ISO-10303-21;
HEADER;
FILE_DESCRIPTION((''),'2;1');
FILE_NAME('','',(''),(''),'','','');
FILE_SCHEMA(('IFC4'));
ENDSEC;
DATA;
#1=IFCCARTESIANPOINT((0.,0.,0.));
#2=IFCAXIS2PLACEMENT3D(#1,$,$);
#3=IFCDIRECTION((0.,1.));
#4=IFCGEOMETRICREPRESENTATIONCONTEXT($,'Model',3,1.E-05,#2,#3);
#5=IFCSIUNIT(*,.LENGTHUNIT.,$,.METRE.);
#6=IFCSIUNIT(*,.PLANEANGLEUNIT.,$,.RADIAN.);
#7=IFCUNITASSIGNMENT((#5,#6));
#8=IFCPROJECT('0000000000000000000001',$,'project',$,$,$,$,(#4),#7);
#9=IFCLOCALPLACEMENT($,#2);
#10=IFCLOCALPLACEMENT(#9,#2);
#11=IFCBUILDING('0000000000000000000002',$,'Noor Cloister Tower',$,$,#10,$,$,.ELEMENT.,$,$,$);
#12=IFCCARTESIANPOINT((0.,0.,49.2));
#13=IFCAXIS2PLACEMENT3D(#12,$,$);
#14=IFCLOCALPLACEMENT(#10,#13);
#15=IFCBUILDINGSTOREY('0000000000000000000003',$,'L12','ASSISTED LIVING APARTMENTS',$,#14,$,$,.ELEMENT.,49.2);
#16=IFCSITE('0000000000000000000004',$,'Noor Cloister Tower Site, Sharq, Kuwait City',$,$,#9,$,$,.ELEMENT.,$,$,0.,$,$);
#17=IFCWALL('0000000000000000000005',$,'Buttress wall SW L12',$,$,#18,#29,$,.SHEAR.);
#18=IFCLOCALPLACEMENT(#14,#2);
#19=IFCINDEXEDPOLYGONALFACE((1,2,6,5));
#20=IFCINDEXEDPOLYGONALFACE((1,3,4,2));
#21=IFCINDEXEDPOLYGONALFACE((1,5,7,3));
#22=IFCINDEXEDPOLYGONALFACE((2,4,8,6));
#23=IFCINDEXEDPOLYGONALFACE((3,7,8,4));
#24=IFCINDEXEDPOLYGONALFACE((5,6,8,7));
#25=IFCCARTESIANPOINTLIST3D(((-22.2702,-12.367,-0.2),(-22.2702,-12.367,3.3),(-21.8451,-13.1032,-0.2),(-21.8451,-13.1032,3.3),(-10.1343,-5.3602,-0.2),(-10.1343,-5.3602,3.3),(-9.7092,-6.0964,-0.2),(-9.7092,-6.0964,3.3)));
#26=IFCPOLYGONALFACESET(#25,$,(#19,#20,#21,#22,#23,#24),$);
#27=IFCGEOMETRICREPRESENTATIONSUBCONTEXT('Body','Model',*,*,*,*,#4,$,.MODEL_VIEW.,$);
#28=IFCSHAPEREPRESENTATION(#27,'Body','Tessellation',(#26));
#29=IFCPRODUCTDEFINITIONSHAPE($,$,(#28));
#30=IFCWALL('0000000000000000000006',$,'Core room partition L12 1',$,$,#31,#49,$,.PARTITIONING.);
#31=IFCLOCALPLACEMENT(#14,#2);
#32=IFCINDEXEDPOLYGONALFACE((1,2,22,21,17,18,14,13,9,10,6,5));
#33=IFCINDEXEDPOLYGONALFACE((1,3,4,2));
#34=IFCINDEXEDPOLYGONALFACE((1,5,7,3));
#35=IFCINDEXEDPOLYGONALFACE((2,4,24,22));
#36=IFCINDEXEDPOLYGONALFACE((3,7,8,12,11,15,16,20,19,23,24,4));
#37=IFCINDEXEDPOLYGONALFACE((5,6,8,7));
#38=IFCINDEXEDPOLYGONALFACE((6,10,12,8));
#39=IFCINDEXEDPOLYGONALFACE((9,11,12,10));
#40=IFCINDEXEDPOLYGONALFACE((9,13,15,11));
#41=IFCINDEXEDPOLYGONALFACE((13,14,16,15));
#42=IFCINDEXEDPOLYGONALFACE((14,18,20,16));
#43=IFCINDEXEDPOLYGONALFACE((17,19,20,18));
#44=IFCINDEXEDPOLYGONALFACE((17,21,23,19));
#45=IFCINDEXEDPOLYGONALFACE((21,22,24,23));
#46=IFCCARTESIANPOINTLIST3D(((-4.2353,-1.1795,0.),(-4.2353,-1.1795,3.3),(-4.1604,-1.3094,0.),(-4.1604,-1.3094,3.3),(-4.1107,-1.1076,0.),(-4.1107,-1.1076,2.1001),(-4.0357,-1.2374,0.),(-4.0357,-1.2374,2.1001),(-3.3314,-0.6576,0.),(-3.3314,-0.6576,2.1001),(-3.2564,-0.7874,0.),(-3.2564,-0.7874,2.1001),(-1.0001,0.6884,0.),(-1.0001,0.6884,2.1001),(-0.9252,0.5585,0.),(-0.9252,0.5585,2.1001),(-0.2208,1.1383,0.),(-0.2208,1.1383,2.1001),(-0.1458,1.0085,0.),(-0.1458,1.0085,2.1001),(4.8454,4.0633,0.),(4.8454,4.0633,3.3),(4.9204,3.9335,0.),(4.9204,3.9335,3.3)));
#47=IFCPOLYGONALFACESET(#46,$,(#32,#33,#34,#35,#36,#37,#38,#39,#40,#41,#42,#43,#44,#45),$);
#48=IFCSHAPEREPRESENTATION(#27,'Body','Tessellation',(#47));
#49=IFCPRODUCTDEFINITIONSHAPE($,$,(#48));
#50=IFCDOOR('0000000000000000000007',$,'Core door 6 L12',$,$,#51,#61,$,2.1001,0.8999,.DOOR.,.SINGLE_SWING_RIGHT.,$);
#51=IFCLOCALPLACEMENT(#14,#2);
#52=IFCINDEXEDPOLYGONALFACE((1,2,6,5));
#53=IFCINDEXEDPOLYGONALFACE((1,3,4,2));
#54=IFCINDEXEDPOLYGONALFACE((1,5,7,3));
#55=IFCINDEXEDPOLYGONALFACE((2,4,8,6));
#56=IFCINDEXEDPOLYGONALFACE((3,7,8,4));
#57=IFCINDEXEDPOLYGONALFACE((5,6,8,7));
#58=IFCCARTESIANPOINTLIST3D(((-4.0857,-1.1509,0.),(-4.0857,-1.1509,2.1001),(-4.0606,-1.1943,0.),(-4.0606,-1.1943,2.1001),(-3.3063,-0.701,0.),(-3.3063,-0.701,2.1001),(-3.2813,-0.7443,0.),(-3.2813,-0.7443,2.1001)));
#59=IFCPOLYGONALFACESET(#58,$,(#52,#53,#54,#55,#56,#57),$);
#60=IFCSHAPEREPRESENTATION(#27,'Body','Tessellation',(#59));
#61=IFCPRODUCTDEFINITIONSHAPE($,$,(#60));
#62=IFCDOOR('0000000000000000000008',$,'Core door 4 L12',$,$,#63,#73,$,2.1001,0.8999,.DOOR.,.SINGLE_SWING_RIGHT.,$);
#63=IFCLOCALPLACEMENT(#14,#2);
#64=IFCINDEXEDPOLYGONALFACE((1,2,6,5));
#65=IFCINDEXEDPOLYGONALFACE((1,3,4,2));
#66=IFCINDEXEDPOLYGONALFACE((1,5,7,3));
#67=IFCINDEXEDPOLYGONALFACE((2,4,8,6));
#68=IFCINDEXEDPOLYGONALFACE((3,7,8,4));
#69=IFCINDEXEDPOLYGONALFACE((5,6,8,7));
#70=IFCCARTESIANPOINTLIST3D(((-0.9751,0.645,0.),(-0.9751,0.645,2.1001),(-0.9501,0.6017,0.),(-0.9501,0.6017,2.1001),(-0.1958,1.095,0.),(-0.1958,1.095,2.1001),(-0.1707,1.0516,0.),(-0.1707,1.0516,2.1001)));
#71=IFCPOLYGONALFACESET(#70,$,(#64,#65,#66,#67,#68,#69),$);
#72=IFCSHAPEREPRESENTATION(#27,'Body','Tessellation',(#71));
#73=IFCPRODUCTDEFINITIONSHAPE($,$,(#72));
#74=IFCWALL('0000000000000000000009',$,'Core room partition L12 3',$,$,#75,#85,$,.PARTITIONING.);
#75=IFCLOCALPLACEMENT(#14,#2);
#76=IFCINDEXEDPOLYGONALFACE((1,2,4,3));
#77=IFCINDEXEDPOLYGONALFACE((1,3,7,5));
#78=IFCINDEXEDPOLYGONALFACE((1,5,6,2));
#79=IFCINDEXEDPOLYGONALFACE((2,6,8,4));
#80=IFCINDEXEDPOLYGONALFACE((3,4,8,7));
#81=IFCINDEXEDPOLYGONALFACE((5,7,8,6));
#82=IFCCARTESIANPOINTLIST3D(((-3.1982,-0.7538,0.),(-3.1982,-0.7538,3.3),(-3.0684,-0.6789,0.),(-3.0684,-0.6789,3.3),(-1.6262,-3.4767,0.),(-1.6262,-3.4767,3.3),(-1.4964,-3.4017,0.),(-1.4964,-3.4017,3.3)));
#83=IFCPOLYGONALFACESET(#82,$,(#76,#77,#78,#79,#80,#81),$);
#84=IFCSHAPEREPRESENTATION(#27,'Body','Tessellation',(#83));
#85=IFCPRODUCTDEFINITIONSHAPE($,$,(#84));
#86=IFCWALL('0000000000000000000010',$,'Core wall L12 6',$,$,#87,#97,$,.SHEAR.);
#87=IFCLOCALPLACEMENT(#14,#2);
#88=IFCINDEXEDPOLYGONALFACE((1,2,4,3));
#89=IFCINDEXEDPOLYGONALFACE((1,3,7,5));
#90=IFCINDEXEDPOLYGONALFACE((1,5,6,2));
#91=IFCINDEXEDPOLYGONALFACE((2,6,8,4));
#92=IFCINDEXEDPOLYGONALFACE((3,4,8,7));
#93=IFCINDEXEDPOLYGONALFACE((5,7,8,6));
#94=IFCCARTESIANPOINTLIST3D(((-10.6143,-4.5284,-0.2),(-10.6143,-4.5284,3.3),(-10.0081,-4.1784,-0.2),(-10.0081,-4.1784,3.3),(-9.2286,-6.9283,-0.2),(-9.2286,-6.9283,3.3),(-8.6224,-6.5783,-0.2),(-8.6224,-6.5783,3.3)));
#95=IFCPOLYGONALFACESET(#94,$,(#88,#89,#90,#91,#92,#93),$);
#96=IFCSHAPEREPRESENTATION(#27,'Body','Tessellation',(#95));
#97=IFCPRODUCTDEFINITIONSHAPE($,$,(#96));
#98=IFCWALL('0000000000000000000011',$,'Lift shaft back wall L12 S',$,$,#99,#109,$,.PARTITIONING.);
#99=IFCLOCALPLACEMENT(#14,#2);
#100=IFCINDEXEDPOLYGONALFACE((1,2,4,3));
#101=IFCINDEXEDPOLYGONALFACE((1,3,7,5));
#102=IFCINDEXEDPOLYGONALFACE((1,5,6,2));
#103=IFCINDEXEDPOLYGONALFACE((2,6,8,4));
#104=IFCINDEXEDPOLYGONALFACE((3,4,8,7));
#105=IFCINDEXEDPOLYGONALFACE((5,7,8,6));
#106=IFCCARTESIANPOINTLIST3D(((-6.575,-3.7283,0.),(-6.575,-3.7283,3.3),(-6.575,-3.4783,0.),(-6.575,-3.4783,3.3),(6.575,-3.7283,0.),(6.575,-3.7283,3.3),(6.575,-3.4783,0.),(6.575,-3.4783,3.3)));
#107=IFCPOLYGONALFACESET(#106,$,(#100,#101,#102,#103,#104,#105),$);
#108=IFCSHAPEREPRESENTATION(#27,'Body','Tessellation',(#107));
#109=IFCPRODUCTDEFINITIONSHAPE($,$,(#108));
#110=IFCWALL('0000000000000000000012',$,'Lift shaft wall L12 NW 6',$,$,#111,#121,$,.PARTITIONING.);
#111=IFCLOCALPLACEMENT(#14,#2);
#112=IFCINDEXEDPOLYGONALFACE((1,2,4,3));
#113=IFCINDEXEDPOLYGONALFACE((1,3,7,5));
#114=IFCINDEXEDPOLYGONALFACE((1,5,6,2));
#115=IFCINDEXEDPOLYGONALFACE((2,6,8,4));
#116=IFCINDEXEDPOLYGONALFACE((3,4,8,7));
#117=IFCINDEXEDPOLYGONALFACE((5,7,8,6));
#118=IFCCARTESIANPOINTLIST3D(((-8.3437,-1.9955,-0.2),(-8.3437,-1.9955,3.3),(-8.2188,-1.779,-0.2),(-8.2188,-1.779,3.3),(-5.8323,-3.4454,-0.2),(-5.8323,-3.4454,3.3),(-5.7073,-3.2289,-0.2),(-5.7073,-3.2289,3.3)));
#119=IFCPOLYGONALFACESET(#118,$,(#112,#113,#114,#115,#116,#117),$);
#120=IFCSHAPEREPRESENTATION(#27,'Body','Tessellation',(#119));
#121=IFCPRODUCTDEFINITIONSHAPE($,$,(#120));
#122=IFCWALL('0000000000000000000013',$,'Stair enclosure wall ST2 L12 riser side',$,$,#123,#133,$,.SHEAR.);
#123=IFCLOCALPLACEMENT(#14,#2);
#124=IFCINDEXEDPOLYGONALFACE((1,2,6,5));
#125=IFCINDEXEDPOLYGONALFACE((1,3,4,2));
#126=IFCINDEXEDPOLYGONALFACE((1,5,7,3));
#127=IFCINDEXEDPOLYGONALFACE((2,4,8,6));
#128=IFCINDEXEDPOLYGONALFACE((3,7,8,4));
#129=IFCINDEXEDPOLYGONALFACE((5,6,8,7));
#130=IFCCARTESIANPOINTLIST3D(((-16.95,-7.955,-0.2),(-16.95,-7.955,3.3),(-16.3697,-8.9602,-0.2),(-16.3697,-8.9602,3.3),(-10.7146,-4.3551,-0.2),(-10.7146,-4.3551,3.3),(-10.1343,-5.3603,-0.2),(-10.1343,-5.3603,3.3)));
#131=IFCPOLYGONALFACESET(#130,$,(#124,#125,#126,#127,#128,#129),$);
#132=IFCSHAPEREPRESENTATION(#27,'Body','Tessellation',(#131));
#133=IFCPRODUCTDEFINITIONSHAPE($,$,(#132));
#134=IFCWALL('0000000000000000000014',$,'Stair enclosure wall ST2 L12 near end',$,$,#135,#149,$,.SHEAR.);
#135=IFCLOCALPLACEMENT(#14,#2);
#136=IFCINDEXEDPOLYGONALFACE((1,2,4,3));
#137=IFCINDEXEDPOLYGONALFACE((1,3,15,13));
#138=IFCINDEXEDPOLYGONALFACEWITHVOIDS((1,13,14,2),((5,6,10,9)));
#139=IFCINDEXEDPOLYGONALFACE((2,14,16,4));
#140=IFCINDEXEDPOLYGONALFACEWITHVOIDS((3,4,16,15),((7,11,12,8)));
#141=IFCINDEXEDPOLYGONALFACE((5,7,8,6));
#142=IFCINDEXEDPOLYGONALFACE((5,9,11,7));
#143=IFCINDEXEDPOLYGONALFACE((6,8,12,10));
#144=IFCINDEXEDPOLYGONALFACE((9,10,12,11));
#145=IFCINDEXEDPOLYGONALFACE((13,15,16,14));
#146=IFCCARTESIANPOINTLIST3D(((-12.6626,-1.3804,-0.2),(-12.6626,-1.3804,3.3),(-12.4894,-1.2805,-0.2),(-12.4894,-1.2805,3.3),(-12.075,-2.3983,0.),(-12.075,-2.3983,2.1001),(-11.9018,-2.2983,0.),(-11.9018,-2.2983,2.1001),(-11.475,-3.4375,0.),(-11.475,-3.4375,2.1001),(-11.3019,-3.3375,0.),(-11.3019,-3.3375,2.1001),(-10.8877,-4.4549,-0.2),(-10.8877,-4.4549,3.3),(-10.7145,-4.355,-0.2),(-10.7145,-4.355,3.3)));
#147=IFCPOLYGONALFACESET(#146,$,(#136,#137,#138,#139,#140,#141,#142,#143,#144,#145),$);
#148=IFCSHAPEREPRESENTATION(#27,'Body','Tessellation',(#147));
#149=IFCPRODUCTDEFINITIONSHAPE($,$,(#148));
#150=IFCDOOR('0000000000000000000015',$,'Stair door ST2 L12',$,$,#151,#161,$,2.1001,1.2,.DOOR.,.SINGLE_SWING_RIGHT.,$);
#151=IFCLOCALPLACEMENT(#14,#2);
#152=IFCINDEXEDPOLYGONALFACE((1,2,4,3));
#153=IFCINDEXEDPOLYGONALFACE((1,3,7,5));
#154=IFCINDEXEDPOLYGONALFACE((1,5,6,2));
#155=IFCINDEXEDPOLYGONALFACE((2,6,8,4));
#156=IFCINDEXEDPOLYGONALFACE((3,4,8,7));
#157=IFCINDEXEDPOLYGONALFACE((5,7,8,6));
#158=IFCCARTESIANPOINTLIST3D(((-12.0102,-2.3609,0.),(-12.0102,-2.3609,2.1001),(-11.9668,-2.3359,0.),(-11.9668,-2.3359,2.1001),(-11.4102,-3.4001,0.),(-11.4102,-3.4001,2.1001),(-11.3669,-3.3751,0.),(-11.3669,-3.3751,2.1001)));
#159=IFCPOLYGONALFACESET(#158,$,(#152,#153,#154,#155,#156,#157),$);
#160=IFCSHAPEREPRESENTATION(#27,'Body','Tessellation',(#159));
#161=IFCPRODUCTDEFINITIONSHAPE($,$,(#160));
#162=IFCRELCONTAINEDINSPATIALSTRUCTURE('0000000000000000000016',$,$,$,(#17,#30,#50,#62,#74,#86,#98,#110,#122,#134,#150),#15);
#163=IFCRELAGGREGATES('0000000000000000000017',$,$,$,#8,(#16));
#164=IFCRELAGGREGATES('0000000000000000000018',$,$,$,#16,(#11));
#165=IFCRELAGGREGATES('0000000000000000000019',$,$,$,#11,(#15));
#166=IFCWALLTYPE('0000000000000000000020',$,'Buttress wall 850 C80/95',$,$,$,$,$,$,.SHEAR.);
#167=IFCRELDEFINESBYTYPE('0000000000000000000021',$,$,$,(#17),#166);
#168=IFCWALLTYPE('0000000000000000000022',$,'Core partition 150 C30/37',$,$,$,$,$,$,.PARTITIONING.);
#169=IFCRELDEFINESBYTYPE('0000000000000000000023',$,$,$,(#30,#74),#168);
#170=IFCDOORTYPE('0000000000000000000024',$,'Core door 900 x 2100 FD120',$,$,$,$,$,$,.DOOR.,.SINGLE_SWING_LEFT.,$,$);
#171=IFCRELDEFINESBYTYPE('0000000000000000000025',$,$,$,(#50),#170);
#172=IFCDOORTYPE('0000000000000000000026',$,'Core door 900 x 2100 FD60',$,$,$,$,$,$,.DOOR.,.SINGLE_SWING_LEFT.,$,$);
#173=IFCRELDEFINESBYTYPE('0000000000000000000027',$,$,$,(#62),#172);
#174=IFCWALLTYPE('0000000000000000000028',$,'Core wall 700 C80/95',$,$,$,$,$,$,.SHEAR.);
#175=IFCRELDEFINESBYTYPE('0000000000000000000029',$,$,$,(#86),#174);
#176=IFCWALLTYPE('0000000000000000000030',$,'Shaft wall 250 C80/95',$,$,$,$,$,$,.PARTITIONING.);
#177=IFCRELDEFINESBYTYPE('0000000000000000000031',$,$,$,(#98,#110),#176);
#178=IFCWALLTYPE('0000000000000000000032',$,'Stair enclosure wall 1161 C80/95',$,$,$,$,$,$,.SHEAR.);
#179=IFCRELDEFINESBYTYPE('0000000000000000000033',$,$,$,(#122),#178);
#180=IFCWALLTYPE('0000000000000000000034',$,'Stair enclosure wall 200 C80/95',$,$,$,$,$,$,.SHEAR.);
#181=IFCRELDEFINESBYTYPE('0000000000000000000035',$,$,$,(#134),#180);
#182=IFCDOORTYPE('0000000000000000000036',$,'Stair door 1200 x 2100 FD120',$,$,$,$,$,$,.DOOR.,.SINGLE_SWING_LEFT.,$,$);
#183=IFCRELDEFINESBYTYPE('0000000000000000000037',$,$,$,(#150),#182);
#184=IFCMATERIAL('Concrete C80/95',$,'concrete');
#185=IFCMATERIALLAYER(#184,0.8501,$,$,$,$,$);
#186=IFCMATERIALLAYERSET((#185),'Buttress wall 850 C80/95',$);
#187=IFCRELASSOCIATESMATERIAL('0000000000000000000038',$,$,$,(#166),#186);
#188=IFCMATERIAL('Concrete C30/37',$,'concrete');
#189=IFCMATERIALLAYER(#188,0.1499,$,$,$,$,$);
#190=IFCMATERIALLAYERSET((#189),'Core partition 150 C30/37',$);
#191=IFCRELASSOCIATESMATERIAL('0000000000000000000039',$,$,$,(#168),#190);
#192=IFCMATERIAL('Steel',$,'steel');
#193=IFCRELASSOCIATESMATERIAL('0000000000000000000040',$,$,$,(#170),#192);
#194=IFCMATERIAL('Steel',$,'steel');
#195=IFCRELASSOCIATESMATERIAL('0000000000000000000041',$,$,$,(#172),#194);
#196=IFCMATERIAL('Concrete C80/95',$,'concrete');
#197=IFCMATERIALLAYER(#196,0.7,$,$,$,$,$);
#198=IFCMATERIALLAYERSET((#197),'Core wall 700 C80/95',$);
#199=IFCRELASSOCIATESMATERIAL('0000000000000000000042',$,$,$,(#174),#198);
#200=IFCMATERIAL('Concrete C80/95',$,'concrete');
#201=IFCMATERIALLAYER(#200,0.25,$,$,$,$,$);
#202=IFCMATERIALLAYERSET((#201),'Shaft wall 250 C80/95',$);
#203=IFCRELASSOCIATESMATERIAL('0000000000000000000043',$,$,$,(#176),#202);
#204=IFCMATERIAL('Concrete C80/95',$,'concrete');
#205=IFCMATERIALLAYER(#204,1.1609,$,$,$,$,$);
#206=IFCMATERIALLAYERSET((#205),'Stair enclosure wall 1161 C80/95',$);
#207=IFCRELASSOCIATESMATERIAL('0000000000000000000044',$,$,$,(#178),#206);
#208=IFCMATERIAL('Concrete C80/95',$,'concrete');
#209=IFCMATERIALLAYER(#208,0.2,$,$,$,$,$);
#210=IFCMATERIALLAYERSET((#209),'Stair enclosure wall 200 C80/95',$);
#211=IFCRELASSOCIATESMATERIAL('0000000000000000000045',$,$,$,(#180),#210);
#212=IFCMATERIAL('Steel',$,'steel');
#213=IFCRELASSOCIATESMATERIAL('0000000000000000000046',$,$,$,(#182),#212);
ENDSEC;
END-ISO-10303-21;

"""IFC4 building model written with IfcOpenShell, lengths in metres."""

from ifc_helpers import new_model, si_unit, direction, frame, frame_2d, origin, place, context, subcontext, project, spatial, rectangle, extrude, material, layer, layer_set, type_object, element, fill, save


model = new_model("IFC4")

# Units and contexts
model_context = context("Model", 3, precision=1e-05, world=origin(), true_north=direction((0.0, 1.0)))
body_context = subcontext(model_context, "Body", "Model", "MODEL_VIEW")
ifc_project = project(units=[si_unit("LENGTHUNIT", "METRE"), si_unit("PLANEANGLEUNIT", "RADIAN")], contexts=[model_context])

# Site, building, storey
site_placement = place(None, origin())
site = spatial("IfcSite", under=ifc_project, at=site_placement, Name="Noor Cloister Tower Site, Sharq, Kuwait City", CompositionType="ELEMENT", RefElevation=0.0)
building_placement = place(site_placement, origin())
building = spatial("IfcBuilding", under=site, at=building_placement, Name="Noor Cloister Tower", CompositionType="ELEMENT")
storey_placement = place(building_placement, frame((0.0, 0.0, 49.2)))
storey = spatial("IfcBuildingStorey", under=building, at=storey_placement, Name="L12", Description="ASSISTED LIVING APARTMENTS", CompositionType="ELEMENT", Elevation=49.2)

# Wall
ifc_material_1 = material(Name="Concrete C80/95", Category="concrete")
ifc_layer_1 = layer(ifc_material_1, 0.8501)
ifc_layer_set_1 = layer_set([ifc_layer_1], Name="Buttress wall 850 C80/95")
wall_type_1 = type_object("IfcWallType", Name="Buttress wall 850 C80/95", PredefinedType="SHEAR", material=ifc_layer_set_1)
wall_1_placement = place(storey_placement, frame((-9.9216, -5.7283, -0.2), z_axis=(0.0, 0.0, 1.0), x_axis=(-0.866022, -0.500006, 0.0)))
element("IfcWall", 1, at=wall_1_placement, inside=storey, type_object=wall_type_1, Name="Buttress wall SW L12", PredefinedType="SHEAR", context=body_context, shape_type="SweptSolid", body=[
    extrude(rectangle(XDim=14.0134, YDim=0.8501, at=frame_2d((7.0068, 0.0))), origin(), (0.0, 0.0, 1.0), 3.5),
])

# Wall, openings, doors
ifc_material_2 = material(Name="Concrete C30/37", Category="concrete")
ifc_layer_2 = layer(ifc_material_2, 0.1499)
ifc_layer_set_2 = layer_set([ifc_layer_2], Name="Core partition 150 C30/37")
wall_type_2 = type_object("IfcWallType", Name="Core partition 150 C30/37", PredefinedType="PARTITIONING", material=ifc_layer_set_2)
wall_2_placement = place(storey_placement, frame((-4.1978, -1.2444, 0.0), z_axis=(0.0, 0.0, 1.0), x_axis=(0.866021, 0.500008, 0.0)))
wall_2 = element("IfcWall", 2, at=wall_2_placement, inside=storey, type_object=wall_type_2, Name="Core room partition L12 1", PredefinedType="PARTITIONING", context=body_context, shape_type="SweptSolid", body=[
    extrude(rectangle(XDim=10.4856, YDim=0.1499, at=frame_2d((5.2427, 0.0))), origin(), (0.0, 0.0, 1.0), 3.3),
])
opening_1_placement = place(wall_2_placement, frame((3.7356, 0.0, 0.0)))
opening_1 = element("IfcOpeningElement", 3, at=opening_1_placement, cuts=wall_2, PredefinedType="OPENING", context=body_context, shape_type="SweptSolid", body=[
    extrude(rectangle(XDim=0.8999, YDim=2.1001, at=frame_2d((0.45, 1.05))), frame((0.0, 0.085, 0.0), z_axis=(0.0, -1.0, 0.0), x_axis=(1.0, 0.0, 0.0)), (0.0, 0.0, 1.0), 0.1699),
])
opening_2_placement = place(wall_2_placement, frame((0.1438, 0.0, 0.0)))
opening_2 = element("IfcOpeningElement", 4, at=opening_2_placement, cuts=wall_2, PredefinedType="OPENING", context=body_context, shape_type="SweptSolid", body=[
    extrude(rectangle(XDim=0.8999, YDim=2.1001, at=frame_2d((0.45, 1.05))), frame((0.0, 0.085, 0.0), z_axis=(0.0, -1.0, 0.0), x_axis=(1.0, 0.0, 0.0)), (0.0, 0.0, 1.0), 0.1699),
])
ifc_material_3 = material(Name="Steel", Category="steel")
door_type_1 = type_object("IfcDoorType", Name="Core door 900 x 2100 FD120", OperationType="SINGLE_SWING_LEFT", PredefinedType="DOOR", material=ifc_material_3)
door_1_placement = place(opening_2_placement, origin())
door_1 = element("IfcDoor", 5, at=door_1_placement, inside=storey, type_object=door_type_1, Name="Core door 6 L12", OperationType="SINGLE_SWING_RIGHT", OverallHeight=2.1001, OverallWidth=0.8999, PredefinedType="DOOR", context=body_context, shape_type="SweptSolid", body=[
    extrude(rectangle(XDim=0.8999, YDim=2.1001, at=frame_2d((0.45, 1.05))), frame((0.0, 0.0249, 0.0), z_axis=(0.0, -1.0, 0.0), x_axis=(1.0, 0.0, 0.0)), (0.0, 0.0, 1.0), 0.05),
])
fill(opening_2, door_1)
ifc_material_4 = material(Name="Steel", Category="steel")
door_type_2 = type_object("IfcDoorType", Name="Core door 900 x 2100 FD60", OperationType="SINGLE_SWING_LEFT", PredefinedType="DOOR", material=ifc_material_4)
door_2_placement = place(opening_1_placement, origin())
door_2 = element("IfcDoor", 6, at=door_2_placement, inside=storey, type_object=door_type_2, Name="Core door 4 L12", OperationType="SINGLE_SWING_RIGHT", OverallHeight=2.1001, OverallWidth=0.8999, PredefinedType="DOOR", context=body_context, shape_type="SweptSolid", body=[
    extrude(rectangle(XDim=0.8999, YDim=2.1001, at=frame_2d((0.45, 1.05))), frame((0.0, 0.0249, 0.0), z_axis=(0.0, -1.0, 0.0), x_axis=(1.0, 0.0, 0.0)), (0.0, 0.0, 1.0), 0.05),
])
fill(opening_1, door_2)

# Walls
wall_3_placement = place(storey_placement, frame((-1.5613, -3.4392, 0.0), z_axis=(0.0, 0.0, 1.0), x_axis=(-0.499989, 0.866032, 0.0)))
element("IfcWall", 7, at=wall_3_placement, inside=storey, type_object=wall_type_2, Name="Core room partition L12 3", PredefinedType="PARTITIONING", context=body_context, shape_type="SweptSolid", body=[
    extrude(rectangle(XDim=3.144, YDim=0.1499, at=frame_2d((1.572, 0.0))), origin(), (0.0, 0.0, 1.0), 3.3),
])
ifc_material_5 = material(Name="Concrete C80/95", Category="concrete")
ifc_layer_3 = layer(ifc_material_5, 0.7)
ifc_layer_set_3 = layer_set([ifc_layer_3], Name="Core wall 700 C80/95")
wall_type_3 = type_object("IfcWallType", Name="Core wall 700 C80/95", PredefinedType="SHEAR", material=ifc_layer_set_3)
wall_4_placement = place(storey_placement, frame((-10.3113, -4.3533, -0.2), z_axis=(0.0, 0.0, 1.0), x_axis=(0.500043, -0.866001, 0.0)))
element("IfcWall", 8, at=wall_4_placement, inside=storey, type_object=wall_type_3, Name="Core wall L12 6", PredefinedType="SHEAR", context=body_context, shape_type="SweptSolid", body=[
    extrude(rectangle(XDim=2.7712, YDim=0.7, at=frame_2d((1.3857, 0.0))), origin(), (0.0, 0.0, 1.0), 3.5),
])
ifc_material_6 = material(Name="Concrete C80/95", Category="concrete")
ifc_layer_4 = layer(ifc_material_6, 0.25)
ifc_layer_set_4 = layer_set([ifc_layer_4], Name="Shaft wall 250 C80/95")
wall_type_4 = type_object("IfcWallType", Name="Shaft wall 250 C80/95", PredefinedType="PARTITIONING", material=ifc_layer_set_4)
wall_5_placement = place(storey_placement, frame((-6.575, -3.6033, 0.0), z_axis=(0.0, 0.0, 1.0), x_axis=(1.0, 0.0, 0.0)))
element("IfcWall", 9, at=wall_5_placement, inside=storey, type_object=wall_type_4, Name="Lift shaft back wall L12 S", PredefinedType="PARTITIONING", context=body_context, shape_type="SweptSolid", body=[
    extrude(rectangle(XDim=13.1499, YDim=0.25, at=frame_2d((6.575, 0.0))), origin(), (0.0, 0.0, 1.0), 3.3),
])
wall_6_placement = place(storey_placement, frame((-8.2812, -1.8872, -0.2), z_axis=(0.0, 0.0, 1.0), x_axis=(0.866033, -0.499987, 0.0)))
element("IfcWall", 10, at=wall_6_placement, inside=storey, type_object=wall_type_4, Name="Lift shaft wall L12 NW 6", PredefinedType="PARTITIONING", context=body_context, shape_type="SweptSolid", body=[
    extrude(rectangle(XDim=2.8999, YDim=0.25, at=frame_2d((1.45, 0.0))), origin(), (0.0, 0.0, 1.0), 3.5),
])
ifc_material_7 = material(Name="Concrete C80/95", Category="concrete")
ifc_layer_5 = layer(ifc_material_7, 1.1609)
ifc_layer_set_5 = layer_set([ifc_layer_5], Name="Stair enclosure wall 1161 C80/95")
wall_type_5 = type_object("IfcWallType", Name="Stair enclosure wall 1161 C80/95", PredefinedType="SHEAR", material=ifc_layer_set_5)
wall_7_placement = place(storey_placement, frame((-10.4243, -4.8577, -0.2), z_axis=(0.0, 0.0, 1.0), x_axis=(-0.866033, -0.499987, 0.0)))
element("IfcWall", 11, at=wall_7_placement, inside=storey, type_object=wall_type_5, Name="Stair enclosure wall ST2 L12 riser side", PredefinedType="SHEAR", context=body_context, shape_type="SweptSolid", body=[
    extrude(rectangle(XDim=7.2, YDim=1.1606, at=frame_2d((3.6001, 0.0))), origin(), (0.0, 0.0, 1.0), 3.5),
])

# Wall, opening, door
ifc_material_8 = material(Name="Concrete C80/95", Category="concrete")
ifc_layer_6 = layer(ifc_material_8, 0.2)
ifc_layer_set_6 = layer_set([ifc_layer_6], Name="Stair enclosure wall 200 C80/95")
wall_type_6 = type_object("IfcWallType", Name="Stair enclosure wall 200 C80/95", PredefinedType="SHEAR", material=ifc_layer_set_6)
wall_8_placement = place(storey_placement, frame((-12.5759, -1.3306, -0.2), z_axis=(0.0, 0.0, 1.0), x_axis=(0.49997, -0.866042, 0.0)))
wall_8 = element("IfcWall", 12, at=wall_8_placement, inside=storey, type_object=wall_type_6, Name="Stair enclosure wall ST2 L12 near end", PredefinedType="SHEAR", context=body_context, shape_type="SweptSolid", body=[
    extrude(rectangle(XDim=3.55, YDim=0.2, at=frame_2d((1.7749, 0.0))), origin(), (0.0, 0.0, 1.0), 3.5),
])
opening_3_placement = place(wall_8_placement, frame((1.175, 0.0, 0.2)))
opening_3 = element("IfcOpeningElement", 13, at=opening_3_placement, cuts=wall_8, PredefinedType="OPENING", context=body_context, shape_type="SweptSolid", body=[
    extrude(rectangle(XDim=1.2, YDim=2.1001, at=frame_2d((0.6001, 1.05))), frame((0.0, 0.1099, 0.0), z_axis=(0.0, -1.0, 0.0), x_axis=(1.0, 0.0, 0.0)), (0.0, 0.0, 1.0), 0.22),
])
ifc_material_9 = material(Name="Steel", Category="steel")
door_type_3 = type_object("IfcDoorType", Name="Stair door 1200 x 2100 FD120", OperationType="SINGLE_SWING_LEFT", PredefinedType="DOOR", material=ifc_material_9)
door_3_placement = place(opening_3_placement, origin())
door_3 = element("IfcDoor", 14, at=door_3_placement, inside=storey, type_object=door_type_3, Name="Stair door ST2 L12", OperationType="SINGLE_SWING_RIGHT", OverallHeight=2.1001, OverallWidth=1.2, PredefinedType="DOOR", context=body_context, shape_type="SweptSolid", body=[
    extrude(rectangle(XDim=1.2, YDim=2.1001, at=frame_2d((0.6001, 1.05))), frame((0.0, 0.0249, 0.0), z_axis=(0.0, -1.0, 0.0), x_axis=(1.0, 0.0, 0.0)), (0.0, 0.0, 1.0), 0.05),
])
fill(opening_3, door_3)

save(model, "model.ifc")
